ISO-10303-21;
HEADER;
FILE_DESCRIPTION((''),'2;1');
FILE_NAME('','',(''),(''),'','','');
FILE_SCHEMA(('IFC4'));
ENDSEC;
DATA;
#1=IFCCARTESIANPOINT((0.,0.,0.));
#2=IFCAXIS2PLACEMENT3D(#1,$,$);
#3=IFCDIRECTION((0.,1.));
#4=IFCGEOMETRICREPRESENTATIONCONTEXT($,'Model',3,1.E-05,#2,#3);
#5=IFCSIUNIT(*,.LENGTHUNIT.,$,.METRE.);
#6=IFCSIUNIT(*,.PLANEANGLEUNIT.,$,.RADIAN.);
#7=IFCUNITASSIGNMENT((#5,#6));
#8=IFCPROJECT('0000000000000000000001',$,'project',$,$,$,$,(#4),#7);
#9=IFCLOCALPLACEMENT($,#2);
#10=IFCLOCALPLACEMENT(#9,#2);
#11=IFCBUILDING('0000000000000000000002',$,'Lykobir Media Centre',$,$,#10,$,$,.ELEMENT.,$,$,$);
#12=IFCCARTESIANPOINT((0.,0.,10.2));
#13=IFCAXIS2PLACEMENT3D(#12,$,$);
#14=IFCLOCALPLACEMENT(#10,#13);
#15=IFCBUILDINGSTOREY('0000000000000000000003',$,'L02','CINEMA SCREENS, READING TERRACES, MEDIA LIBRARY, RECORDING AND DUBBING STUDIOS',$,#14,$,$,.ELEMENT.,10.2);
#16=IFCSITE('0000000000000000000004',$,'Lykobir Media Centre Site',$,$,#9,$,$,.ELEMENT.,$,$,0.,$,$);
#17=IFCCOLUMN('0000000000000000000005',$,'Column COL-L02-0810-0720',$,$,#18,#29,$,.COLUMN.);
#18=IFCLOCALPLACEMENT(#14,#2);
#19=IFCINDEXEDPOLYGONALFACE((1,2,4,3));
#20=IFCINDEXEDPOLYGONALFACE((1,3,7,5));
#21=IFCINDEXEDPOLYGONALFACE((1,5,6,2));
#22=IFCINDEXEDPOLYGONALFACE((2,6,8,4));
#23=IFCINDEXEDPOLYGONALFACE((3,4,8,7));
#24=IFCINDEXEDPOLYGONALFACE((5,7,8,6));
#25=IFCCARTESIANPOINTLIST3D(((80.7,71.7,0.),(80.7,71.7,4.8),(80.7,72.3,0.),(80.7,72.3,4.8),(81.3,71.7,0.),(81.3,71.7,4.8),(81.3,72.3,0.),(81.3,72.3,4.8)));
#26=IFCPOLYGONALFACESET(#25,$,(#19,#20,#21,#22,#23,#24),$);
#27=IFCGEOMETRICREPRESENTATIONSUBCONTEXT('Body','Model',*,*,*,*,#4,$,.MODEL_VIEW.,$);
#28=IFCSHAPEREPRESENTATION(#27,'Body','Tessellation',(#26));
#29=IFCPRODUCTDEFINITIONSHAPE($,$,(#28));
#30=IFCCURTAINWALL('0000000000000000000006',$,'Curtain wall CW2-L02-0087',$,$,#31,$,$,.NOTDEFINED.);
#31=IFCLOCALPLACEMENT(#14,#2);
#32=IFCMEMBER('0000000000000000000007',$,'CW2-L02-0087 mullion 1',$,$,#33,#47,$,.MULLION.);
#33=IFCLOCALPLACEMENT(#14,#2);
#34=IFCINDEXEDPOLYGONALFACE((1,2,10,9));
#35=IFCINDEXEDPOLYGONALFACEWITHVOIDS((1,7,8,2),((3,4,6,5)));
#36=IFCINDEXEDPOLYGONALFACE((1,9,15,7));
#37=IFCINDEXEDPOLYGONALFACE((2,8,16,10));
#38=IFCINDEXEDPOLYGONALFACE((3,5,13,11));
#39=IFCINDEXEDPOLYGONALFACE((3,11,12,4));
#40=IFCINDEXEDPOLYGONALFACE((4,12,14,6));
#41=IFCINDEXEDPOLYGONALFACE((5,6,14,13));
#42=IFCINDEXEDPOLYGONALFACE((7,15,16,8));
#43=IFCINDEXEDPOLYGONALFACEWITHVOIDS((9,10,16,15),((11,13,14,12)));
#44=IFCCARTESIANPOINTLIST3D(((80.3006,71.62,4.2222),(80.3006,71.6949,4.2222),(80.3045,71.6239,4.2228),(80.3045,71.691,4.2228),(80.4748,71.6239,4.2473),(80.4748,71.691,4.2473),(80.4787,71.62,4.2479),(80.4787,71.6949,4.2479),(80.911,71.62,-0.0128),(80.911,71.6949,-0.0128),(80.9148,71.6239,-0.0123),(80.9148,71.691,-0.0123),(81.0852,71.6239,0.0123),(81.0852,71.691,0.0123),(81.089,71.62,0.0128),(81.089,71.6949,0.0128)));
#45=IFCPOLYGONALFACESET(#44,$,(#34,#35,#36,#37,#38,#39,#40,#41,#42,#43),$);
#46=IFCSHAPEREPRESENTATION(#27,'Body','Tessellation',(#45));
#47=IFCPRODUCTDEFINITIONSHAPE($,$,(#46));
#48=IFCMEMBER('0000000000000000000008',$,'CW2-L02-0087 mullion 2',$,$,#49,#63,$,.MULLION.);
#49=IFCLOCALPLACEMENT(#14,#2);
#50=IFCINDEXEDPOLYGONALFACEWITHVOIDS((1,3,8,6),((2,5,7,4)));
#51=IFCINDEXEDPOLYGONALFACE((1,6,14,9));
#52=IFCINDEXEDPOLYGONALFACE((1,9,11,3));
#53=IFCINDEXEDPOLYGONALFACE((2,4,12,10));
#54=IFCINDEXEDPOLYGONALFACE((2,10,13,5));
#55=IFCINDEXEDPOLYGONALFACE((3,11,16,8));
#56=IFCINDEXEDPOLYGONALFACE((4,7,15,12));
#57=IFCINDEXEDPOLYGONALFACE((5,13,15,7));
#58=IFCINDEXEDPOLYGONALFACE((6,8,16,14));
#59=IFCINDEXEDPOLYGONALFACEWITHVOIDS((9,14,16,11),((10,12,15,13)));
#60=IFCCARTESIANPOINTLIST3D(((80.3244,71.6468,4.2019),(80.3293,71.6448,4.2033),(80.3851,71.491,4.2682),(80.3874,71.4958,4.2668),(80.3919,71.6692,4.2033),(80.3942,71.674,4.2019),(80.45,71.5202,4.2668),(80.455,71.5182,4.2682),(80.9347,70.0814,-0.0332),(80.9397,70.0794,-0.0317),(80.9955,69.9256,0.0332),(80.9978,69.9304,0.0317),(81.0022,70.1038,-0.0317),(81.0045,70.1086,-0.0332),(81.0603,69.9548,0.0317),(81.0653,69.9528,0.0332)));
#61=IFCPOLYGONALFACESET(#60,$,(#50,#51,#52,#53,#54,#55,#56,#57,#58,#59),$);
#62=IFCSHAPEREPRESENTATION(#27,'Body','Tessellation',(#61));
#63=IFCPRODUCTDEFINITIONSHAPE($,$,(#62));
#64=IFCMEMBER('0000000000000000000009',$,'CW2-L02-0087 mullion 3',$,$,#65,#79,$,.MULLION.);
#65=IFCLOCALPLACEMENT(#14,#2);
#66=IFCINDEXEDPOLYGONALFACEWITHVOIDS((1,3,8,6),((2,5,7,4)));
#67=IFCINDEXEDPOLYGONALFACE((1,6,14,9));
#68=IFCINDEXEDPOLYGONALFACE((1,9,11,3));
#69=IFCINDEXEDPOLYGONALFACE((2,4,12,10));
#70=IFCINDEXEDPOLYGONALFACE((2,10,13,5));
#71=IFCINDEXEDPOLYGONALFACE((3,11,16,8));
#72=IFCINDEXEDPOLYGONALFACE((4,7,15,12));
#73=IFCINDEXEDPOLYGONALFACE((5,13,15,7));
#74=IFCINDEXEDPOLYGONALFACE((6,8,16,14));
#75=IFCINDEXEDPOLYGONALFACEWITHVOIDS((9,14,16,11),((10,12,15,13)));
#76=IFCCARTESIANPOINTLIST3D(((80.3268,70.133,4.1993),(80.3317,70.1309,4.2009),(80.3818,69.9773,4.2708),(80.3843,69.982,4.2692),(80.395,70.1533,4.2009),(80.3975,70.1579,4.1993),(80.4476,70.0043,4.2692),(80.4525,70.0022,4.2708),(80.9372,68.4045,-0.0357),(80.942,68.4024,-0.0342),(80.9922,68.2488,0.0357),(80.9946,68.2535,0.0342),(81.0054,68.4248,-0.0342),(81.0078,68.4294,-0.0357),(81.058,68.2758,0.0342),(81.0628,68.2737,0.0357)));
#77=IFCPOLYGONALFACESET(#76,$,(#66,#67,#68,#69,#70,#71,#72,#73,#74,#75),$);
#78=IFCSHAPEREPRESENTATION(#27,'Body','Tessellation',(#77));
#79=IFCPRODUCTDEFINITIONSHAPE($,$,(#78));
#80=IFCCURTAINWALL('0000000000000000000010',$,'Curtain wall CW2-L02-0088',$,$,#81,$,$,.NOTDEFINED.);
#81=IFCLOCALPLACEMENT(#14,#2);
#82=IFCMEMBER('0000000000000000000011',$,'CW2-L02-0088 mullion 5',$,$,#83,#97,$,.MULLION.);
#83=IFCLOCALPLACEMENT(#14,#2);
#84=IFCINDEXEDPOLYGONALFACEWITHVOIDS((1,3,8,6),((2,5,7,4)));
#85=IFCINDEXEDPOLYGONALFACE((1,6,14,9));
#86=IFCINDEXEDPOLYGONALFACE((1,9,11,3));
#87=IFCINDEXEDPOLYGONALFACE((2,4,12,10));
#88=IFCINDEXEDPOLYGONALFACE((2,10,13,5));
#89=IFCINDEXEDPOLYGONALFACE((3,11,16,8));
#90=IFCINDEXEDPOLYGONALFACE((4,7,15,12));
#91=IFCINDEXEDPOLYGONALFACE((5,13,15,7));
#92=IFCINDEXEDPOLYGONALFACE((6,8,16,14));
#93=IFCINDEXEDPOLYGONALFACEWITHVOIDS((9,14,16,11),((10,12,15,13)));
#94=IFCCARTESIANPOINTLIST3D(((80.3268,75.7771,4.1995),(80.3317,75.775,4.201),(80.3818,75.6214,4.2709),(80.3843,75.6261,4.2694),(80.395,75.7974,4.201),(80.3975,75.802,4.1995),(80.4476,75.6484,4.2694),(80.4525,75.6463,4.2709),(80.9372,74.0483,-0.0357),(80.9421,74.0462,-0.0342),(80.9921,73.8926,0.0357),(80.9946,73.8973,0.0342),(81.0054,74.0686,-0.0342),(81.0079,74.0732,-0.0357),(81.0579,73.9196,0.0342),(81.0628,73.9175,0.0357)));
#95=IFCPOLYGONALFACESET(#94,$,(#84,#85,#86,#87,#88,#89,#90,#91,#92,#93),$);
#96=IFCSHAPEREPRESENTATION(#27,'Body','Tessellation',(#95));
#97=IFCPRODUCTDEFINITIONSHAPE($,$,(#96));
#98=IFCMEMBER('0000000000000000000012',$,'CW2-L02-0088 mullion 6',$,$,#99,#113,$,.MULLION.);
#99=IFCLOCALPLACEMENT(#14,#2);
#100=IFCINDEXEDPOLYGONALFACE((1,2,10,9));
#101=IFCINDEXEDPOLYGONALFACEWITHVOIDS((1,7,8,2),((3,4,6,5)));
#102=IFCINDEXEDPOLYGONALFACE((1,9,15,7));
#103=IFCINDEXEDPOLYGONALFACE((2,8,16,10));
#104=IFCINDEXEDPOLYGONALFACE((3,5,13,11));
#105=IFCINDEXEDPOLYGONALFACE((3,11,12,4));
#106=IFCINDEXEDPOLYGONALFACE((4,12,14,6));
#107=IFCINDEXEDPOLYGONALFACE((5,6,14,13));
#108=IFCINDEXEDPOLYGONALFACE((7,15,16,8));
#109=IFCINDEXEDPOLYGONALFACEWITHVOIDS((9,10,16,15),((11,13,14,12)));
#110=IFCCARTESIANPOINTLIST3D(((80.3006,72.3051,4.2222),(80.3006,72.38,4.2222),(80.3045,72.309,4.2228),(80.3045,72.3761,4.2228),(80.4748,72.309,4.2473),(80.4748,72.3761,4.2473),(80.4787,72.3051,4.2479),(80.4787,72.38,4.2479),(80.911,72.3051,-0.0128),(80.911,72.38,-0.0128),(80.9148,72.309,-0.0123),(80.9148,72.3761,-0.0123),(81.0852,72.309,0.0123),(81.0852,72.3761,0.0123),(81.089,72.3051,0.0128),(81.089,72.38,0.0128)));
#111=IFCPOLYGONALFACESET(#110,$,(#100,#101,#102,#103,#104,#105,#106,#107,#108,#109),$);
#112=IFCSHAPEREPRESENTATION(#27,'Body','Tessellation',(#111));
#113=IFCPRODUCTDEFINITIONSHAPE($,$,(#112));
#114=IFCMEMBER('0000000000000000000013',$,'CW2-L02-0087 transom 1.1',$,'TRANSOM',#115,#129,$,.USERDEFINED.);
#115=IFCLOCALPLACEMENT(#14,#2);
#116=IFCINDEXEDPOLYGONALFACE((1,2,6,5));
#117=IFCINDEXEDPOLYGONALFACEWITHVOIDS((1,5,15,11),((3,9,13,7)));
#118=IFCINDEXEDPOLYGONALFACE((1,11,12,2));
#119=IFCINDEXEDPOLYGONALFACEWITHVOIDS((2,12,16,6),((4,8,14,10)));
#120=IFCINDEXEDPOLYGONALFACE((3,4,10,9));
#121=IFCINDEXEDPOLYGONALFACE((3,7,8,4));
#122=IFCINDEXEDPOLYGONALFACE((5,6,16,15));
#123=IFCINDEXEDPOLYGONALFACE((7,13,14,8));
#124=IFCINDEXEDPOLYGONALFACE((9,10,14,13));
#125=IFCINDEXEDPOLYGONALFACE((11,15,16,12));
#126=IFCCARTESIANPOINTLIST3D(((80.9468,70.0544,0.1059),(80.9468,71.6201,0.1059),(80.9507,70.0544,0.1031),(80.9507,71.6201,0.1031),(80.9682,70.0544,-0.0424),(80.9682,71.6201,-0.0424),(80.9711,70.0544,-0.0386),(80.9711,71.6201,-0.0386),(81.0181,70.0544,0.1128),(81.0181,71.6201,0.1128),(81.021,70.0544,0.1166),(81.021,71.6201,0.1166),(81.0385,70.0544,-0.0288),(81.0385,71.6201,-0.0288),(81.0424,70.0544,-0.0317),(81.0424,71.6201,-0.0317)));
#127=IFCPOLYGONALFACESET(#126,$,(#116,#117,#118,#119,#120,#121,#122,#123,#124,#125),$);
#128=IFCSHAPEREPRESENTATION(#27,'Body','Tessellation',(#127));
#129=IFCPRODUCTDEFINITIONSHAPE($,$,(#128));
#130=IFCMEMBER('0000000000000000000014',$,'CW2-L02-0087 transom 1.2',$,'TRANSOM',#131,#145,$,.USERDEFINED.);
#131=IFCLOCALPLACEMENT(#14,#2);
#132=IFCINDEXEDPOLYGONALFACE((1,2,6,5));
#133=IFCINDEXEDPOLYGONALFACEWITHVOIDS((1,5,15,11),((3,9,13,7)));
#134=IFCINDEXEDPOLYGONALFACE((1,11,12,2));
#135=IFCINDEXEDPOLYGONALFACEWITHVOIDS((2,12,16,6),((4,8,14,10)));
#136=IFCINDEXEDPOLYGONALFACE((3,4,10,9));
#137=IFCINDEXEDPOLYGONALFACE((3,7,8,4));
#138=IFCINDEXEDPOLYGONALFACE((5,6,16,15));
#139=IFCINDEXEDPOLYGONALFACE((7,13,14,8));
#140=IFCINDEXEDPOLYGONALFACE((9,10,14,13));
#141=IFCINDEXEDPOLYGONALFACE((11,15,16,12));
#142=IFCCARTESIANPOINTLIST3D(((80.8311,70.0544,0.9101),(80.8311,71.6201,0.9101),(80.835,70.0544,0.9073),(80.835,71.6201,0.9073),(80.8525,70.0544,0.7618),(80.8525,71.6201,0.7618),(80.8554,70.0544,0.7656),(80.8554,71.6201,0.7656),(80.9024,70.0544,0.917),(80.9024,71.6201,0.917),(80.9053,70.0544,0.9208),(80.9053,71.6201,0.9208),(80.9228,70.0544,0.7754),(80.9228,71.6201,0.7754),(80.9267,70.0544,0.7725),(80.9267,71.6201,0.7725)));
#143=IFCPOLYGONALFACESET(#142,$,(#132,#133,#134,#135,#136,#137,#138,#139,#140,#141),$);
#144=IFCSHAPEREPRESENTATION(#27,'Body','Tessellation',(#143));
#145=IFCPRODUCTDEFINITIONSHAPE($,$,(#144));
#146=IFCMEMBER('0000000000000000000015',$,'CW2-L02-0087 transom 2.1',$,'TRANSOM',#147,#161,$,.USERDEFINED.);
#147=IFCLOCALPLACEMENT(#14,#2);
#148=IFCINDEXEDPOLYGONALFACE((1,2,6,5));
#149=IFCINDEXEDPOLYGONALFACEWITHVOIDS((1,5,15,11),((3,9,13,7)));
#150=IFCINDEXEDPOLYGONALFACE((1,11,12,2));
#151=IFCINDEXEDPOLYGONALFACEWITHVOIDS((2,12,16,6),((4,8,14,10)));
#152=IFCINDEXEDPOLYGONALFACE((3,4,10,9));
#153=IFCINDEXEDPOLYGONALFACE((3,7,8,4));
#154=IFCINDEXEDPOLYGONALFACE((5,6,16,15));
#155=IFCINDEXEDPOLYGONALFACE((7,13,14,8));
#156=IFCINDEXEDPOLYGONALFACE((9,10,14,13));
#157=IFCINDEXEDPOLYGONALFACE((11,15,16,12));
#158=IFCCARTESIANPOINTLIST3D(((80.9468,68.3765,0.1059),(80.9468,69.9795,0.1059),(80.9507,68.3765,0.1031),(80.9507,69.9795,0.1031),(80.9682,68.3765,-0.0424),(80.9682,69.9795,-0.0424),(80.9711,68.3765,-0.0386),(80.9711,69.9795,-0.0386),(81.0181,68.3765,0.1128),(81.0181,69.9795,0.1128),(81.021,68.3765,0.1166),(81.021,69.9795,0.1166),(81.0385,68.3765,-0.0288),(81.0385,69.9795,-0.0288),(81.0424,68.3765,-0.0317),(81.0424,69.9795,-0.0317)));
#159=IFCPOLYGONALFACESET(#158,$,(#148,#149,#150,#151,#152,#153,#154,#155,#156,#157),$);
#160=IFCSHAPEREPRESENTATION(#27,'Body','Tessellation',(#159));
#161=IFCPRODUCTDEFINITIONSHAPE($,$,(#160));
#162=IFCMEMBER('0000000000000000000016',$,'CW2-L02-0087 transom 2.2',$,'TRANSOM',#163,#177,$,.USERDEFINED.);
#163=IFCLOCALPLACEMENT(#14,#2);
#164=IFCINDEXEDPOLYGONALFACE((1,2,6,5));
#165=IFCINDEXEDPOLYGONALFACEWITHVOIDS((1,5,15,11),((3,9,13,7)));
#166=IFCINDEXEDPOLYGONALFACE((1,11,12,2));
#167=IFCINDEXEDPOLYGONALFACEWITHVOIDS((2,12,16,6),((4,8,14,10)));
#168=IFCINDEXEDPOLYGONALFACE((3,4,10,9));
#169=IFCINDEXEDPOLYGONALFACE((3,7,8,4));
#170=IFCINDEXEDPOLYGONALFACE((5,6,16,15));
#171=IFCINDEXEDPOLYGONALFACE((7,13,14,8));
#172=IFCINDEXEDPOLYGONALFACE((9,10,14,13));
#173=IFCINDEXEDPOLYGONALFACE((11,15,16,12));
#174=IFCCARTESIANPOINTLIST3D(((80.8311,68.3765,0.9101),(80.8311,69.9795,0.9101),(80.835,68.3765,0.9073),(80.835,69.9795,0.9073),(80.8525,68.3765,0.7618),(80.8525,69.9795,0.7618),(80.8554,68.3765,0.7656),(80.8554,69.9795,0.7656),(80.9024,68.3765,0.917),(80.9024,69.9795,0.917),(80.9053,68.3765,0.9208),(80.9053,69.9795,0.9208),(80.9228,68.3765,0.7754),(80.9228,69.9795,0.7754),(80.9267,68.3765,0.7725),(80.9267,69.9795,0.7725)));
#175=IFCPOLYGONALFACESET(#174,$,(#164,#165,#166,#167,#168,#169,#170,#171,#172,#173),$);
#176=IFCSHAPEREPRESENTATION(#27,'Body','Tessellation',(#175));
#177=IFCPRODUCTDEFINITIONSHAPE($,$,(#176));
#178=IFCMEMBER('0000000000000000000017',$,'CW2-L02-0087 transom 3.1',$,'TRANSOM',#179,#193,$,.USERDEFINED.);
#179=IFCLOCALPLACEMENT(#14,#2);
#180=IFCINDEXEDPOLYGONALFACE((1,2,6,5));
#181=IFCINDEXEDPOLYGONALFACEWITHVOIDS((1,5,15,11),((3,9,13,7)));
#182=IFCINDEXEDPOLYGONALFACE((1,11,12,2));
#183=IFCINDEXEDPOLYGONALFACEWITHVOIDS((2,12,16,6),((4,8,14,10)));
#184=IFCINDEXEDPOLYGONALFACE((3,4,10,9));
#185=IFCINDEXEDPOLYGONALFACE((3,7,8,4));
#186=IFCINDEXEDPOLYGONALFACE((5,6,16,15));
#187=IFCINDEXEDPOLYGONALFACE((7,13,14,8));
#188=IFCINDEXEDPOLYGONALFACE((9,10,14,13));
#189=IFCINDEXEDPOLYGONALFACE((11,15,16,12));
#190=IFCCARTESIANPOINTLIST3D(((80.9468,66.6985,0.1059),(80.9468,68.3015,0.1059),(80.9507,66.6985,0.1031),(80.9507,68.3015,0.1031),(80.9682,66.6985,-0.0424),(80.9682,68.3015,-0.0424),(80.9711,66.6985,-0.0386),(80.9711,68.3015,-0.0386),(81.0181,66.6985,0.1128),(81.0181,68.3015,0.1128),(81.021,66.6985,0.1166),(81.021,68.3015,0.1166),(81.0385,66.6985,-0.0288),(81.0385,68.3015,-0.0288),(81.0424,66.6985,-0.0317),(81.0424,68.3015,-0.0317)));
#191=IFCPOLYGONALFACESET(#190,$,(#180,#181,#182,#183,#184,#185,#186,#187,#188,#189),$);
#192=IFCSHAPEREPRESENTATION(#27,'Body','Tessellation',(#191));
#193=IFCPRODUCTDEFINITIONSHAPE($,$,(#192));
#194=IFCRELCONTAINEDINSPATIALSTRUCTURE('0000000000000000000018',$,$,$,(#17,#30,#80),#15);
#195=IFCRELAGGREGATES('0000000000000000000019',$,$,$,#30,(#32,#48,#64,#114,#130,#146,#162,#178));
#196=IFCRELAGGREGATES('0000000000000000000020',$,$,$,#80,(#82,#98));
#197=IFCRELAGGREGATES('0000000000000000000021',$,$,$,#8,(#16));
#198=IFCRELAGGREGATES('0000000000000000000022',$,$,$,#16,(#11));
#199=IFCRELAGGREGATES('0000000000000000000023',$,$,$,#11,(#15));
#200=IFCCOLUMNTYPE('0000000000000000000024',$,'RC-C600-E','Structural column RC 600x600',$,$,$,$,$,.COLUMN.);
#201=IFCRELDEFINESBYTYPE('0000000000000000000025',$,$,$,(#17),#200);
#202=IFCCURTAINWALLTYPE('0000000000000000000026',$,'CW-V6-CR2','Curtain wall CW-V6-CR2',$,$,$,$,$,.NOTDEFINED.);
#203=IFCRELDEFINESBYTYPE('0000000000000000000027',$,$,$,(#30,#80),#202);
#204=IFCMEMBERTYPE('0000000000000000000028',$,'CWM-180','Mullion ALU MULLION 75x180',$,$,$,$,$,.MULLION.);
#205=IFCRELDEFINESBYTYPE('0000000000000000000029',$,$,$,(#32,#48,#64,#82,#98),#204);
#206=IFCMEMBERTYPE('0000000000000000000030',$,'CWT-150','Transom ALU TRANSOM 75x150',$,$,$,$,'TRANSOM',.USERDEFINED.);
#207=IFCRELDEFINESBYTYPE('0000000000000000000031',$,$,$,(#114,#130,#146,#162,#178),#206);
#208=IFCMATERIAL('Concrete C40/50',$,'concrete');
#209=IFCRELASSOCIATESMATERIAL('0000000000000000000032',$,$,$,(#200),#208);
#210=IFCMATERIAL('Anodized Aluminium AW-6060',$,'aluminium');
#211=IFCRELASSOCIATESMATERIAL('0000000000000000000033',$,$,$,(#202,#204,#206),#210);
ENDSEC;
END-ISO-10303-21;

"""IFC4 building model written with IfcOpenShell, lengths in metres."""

from ifc_helpers import new_model, si_unit, direction, frame, origin, origin_2d, place, context, subcontext, project, spatial, rectangle, hollow_rectangle, extrude, material, material_profile, profile_set, type_object, element, aggregate, save


model = new_model("IFC4")

# Units and contexts
model_context = context("Model", 3, precision=1e-05, world=origin(), true_north=direction((0.0, 1.0)))
body_context = subcontext(model_context, "Body", "Model", "MODEL_VIEW")
ifc_project = project(units=[si_unit("LENGTHUNIT", "METRE"), si_unit("PLANEANGLEUNIT", "RADIAN")], contexts=[model_context])

# Site, building, storey
site_placement = place(None, origin())
site = spatial("IfcSite", under=ifc_project, at=site_placement, Name="Lykobir Media Centre Site", CompositionType="ELEMENT", RefElevation=0.0)
building_placement = place(site_placement, origin())
building = spatial("IfcBuilding", under=site, at=building_placement, Name="Lykobir Media Centre", CompositionType="ELEMENT")
storey_placement = place(building_placement, frame((0.0, 0.0, 10.2)))
storey = spatial("IfcBuildingStorey", under=building, at=storey_placement, Name="L02", Description="CINEMA SCREENS, READING TERRACES, MEDIA LIBRARY, RECORDING AND DUBBING STUDIOS", CompositionType="ELEMENT", Elevation=10.2)

# Column
ifc_material_1 = material(Name="Concrete C40/50", Category="concrete")
ifc_material_profile_1 = material_profile(ifc_material_1, rectangle(XDim=0.6001, YDim=0.6001, at=origin_2d()), Name="RC 600x600")
ifc_profile_set_1 = profile_set([ifc_material_profile_1], Name="Concrete C40/50")
column_type = type_object("IfcColumnType", Name="RC-C600-E", Description="Structural column RC 600x600", PredefinedType="COLUMN", material=ifc_profile_set_1)
column_placement = place(storey_placement, frame((81.0, 72.0, 0.0), z_axis=(0.0, 0.0, 1.0), x_axis=(1.0, 0.0, 0.0)))
element("IfcColumn", 1, at=column_placement, inside=storey, type_object=column_type, Name="Column COL-L02-0810-0720", PredefinedType="COLUMN", context=body_context, shape_type="SweptSolid", body=[
    extrude(rectangle(XDim=0.6001, YDim=0.6001, at=origin_2d()), origin(), (0.0, 0.0, 1.0), 4.8),
])

# Curtain walls, members
ifc_material_2 = material(Name="Anodized Aluminium AW-6060", Category="aluminium")
curtain_wall_type = type_object("IfcCurtainWallType", Name="CW-V6-CR2", Description="Curtain wall CW-V6-CR2", PredefinedType="NOTDEFINED", material=ifc_material_2)
curtain_wall_1_placement = place(storey_placement, origin())
curtain_wall_1 = element("IfcCurtainWall", 2, at=curtain_wall_1_placement, inside=storey, type_object=curtain_wall_type, Name="Curtain wall CW2-L02-0087", PredefinedType="NOTDEFINED")
ifc_material_profile_2 = material_profile(ifc_material_2, hollow_rectangle(XDim=0.075, YDim=0.1799, WallThickness=0.0039, at=origin_2d()), Name="ALU MULLION 75x180")
ifc_profile_set_2 = profile_set([ifc_material_profile_2], Name="Anodized Aluminium AW-6060")
member_type_1 = type_object("IfcMemberType", Name="CWM-180", Description="Mullion ALU MULLION 75x180", PredefinedType="MULLION", material=ifc_profile_set_2)
member_1_placement = place(storey_placement, frame((81.0, 71.6575, 0.0), z_axis=(-0.142643, 0.0, 0.989774), x_axis=(0.0, -1.0, 0.0)))
member_1 = element("IfcMember", 3, at=member_1_placement, type_object=member_type_1, Name="CW2-L02-0087 mullion 1", PredefinedType="MULLION", context=body_context, shape_type="SweptSolid", body=[
    extrude(hollow_rectangle(XDim=0.075, YDim=0.1799, WallThickness=0.0039, at=origin_2d()), origin(), (0.0, 0.0, 1.0), 4.2788),
])
member_2_placement = place(storey_placement, frame((81.0, 70.0171, 0.0), z_axis=(-0.13396, 0.34358, 0.92952), x_axis=(-0.931688, -0.36326, 0.0)))
member_2 = element("IfcMember", 4, at=member_2_placement, type_object=member_type_1, Name="CW2-L02-0087 mullion 2", PredefinedType="MULLION", context=body_context, shape_type="SweptSolid", body=[
    extrude(hollow_rectangle(XDim=0.075, YDim=0.1799, WallThickness=0.0039, at=origin_2d()), origin(), (0.0, 0.0, 1.0), 4.5562),
])
member_3_placement = place(storey_placement, frame((81.0, 68.3391, 0.0), z_axis=(-0.132259, 0.374559, 0.917722), x_axis=(-0.942941, -0.332959, 0.0)))
member_3 = element("IfcMember", 5, at=member_3_placement, type_object=member_type_1, Name="CW2-L02-0087 mullion 3", PredefinedType="MULLION", context=body_context, shape_type="SweptSolid", body=[
    extrude(hollow_rectangle(XDim=0.075, YDim=0.1799, WallThickness=0.0039, at=origin_2d()), origin(), (0.0, 0.0, 1.0), 4.6147),
])
curtain_wall_2_placement = place(storey_placement, origin())
curtain_wall_2 = element("IfcCurtainWall", 6, at=curtain_wall_2_placement, inside=storey, type_object=curtain_wall_type, Name="Curtain wall CW2-L02-0088", PredefinedType="NOTDEFINED")
member_4_placement = place(storey_placement, frame((81.0, 73.9829, 0.0), z_axis=(-0.132257, 0.374604, 0.917704), x_axis=(-0.942956, -0.332918, 0.0)))
member_4 = element("IfcMember", 7, at=member_4_placement, type_object=member_type_1, Name="CW2-L02-0088 mullion 5", PredefinedType="MULLION", context=body_context, shape_type="SweptSolid", body=[
    extrude(hollow_rectangle(XDim=0.075, YDim=0.1799, WallThickness=0.0039, at=origin_2d()), origin(), (0.0, 0.0, 1.0), 4.615),
])
member_5_placement = place(storey_placement, frame((81.0, 72.3425, 0.0), z_axis=(-0.142643, 0.0, 0.989774), x_axis=(0.0, -1.0, 0.0)))
member_5 = element("IfcMember", 8, at=member_5_placement, type_object=member_type_1, Name="CW2-L02-0088 mullion 6", PredefinedType="MULLION", context=body_context, shape_type="SweptSolid", body=[
    extrude(hollow_rectangle(XDim=0.075, YDim=0.1799, WallThickness=0.0039, at=origin_2d()), origin(), (0.0, 0.0, 1.0), 4.2788),
])

# Members
ifc_material_profile_3 = material_profile(ifc_material_2, hollow_rectangle(XDim=0.075, YDim=0.1499, WallThickness=0.0034, at=origin_2d()), Name="ALU TRANSOM 75x150")
ifc_profile_set_3 = profile_set([ifc_material_profile_3], Name="Anodized Aluminium AW-6060")
member_type_2 = type_object("IfcMemberType", Name="CWT-150", Description="Transom ALU TRANSOM 75x150", ElementType="TRANSOM", PredefinedType="USERDEFINED", material=ifc_profile_set_3)
member_6_placement = place(storey_placement, frame((80.9946, 71.6201, 0.0371), z_axis=(0.0, -1.0, 0.0), x_axis=(0.989776, 0.0, 0.142629)))
member_6 = element("IfcMember", 9, at=member_6_placement, type_object=member_type_2, Name="CW2-L02-0087 transom 1.1", ObjectType="TRANSOM", PredefinedType="USERDEFINED", context=body_context, shape_type="SweptSolid", body=[
    extrude(hollow_rectangle(XDim=0.075, YDim=0.1499, WallThickness=0.0034, at=origin_2d()), origin(), (0.0, 0.0, 1.0), 1.5657),
])
member_7_placement = place(storey_placement, frame((80.8789, 71.6201, 0.8413), z_axis=(0.0, -1.0, 0.0), x_axis=(0.989776, 0.0, 0.142629)))
member_7 = element("IfcMember", 10, at=member_7_placement, type_object=member_type_2, Name="CW2-L02-0087 transom 1.2", ObjectType="TRANSOM", PredefinedType="USERDEFINED", context=body_context, shape_type="SweptSolid", body=[
    extrude(hollow_rectangle(XDim=0.075, YDim=0.1499, WallThickness=0.0034, at=origin_2d()), origin(), (0.0, 0.0, 1.0), 1.5657),
])
member_8_placement = place(storey_placement, frame((80.9946, 69.9795, 0.0371), z_axis=(0.0, -1.0, 0.0), x_axis=(0.989776, 0.0, 0.142629)))
member_8 = element("IfcMember", 11, at=member_8_placement, type_object=member_type_2, Name="CW2-L02-0087 transom 2.1", ObjectType="TRANSOM", PredefinedType="USERDEFINED", context=body_context, shape_type="SweptSolid", body=[
    extrude(hollow_rectangle(XDim=0.075, YDim=0.1499, WallThickness=0.0034, at=origin_2d()), origin(), (0.0, 0.0, 1.0), 1.603),
])
member_9_placement = place(storey_placement, frame((80.8789, 69.9795, 0.8413), z_axis=(0.0, -1.0, 0.0), x_axis=(0.989776, 0.0, 0.142629)))
member_9 = element("IfcMember", 12, at=member_9_placement, type_object=member_type_2, Name="CW2-L02-0087 transom 2.2", ObjectType="TRANSOM", PredefinedType="USERDEFINED", context=body_context, shape_type="SweptSolid", body=[
    extrude(hollow_rectangle(XDim=0.075, YDim=0.1499, WallThickness=0.0034, at=origin_2d()), origin(), (0.0, 0.0, 1.0), 1.603),
])
member_10_placement = place(storey_placement, frame((80.9946, 68.3015, 0.0371), z_axis=(0.0, -1.0, 0.0), x_axis=(0.989776, 0.0, 0.142629)))
member_10 = element("IfcMember", 13, at=member_10_placement, type_object=member_type_2, Name="CW2-L02-0087 transom 3.1", ObjectType="TRANSOM", PredefinedType="USERDEFINED", context=body_context, shape_type="SweptSolid", body=[
    extrude(hollow_rectangle(XDim=0.075, YDim=0.1499, WallThickness=0.0034, at=origin_2d()), origin(), (0.0, 0.0, 1.0), 1.603),
])

aggregate(curtain_wall_1, [member_1, member_2, member_3, member_6, member_7, member_8, member_9, member_10])
aggregate(curtain_wall_2, [member_4, member_5])

save(model, "model.ifc")
